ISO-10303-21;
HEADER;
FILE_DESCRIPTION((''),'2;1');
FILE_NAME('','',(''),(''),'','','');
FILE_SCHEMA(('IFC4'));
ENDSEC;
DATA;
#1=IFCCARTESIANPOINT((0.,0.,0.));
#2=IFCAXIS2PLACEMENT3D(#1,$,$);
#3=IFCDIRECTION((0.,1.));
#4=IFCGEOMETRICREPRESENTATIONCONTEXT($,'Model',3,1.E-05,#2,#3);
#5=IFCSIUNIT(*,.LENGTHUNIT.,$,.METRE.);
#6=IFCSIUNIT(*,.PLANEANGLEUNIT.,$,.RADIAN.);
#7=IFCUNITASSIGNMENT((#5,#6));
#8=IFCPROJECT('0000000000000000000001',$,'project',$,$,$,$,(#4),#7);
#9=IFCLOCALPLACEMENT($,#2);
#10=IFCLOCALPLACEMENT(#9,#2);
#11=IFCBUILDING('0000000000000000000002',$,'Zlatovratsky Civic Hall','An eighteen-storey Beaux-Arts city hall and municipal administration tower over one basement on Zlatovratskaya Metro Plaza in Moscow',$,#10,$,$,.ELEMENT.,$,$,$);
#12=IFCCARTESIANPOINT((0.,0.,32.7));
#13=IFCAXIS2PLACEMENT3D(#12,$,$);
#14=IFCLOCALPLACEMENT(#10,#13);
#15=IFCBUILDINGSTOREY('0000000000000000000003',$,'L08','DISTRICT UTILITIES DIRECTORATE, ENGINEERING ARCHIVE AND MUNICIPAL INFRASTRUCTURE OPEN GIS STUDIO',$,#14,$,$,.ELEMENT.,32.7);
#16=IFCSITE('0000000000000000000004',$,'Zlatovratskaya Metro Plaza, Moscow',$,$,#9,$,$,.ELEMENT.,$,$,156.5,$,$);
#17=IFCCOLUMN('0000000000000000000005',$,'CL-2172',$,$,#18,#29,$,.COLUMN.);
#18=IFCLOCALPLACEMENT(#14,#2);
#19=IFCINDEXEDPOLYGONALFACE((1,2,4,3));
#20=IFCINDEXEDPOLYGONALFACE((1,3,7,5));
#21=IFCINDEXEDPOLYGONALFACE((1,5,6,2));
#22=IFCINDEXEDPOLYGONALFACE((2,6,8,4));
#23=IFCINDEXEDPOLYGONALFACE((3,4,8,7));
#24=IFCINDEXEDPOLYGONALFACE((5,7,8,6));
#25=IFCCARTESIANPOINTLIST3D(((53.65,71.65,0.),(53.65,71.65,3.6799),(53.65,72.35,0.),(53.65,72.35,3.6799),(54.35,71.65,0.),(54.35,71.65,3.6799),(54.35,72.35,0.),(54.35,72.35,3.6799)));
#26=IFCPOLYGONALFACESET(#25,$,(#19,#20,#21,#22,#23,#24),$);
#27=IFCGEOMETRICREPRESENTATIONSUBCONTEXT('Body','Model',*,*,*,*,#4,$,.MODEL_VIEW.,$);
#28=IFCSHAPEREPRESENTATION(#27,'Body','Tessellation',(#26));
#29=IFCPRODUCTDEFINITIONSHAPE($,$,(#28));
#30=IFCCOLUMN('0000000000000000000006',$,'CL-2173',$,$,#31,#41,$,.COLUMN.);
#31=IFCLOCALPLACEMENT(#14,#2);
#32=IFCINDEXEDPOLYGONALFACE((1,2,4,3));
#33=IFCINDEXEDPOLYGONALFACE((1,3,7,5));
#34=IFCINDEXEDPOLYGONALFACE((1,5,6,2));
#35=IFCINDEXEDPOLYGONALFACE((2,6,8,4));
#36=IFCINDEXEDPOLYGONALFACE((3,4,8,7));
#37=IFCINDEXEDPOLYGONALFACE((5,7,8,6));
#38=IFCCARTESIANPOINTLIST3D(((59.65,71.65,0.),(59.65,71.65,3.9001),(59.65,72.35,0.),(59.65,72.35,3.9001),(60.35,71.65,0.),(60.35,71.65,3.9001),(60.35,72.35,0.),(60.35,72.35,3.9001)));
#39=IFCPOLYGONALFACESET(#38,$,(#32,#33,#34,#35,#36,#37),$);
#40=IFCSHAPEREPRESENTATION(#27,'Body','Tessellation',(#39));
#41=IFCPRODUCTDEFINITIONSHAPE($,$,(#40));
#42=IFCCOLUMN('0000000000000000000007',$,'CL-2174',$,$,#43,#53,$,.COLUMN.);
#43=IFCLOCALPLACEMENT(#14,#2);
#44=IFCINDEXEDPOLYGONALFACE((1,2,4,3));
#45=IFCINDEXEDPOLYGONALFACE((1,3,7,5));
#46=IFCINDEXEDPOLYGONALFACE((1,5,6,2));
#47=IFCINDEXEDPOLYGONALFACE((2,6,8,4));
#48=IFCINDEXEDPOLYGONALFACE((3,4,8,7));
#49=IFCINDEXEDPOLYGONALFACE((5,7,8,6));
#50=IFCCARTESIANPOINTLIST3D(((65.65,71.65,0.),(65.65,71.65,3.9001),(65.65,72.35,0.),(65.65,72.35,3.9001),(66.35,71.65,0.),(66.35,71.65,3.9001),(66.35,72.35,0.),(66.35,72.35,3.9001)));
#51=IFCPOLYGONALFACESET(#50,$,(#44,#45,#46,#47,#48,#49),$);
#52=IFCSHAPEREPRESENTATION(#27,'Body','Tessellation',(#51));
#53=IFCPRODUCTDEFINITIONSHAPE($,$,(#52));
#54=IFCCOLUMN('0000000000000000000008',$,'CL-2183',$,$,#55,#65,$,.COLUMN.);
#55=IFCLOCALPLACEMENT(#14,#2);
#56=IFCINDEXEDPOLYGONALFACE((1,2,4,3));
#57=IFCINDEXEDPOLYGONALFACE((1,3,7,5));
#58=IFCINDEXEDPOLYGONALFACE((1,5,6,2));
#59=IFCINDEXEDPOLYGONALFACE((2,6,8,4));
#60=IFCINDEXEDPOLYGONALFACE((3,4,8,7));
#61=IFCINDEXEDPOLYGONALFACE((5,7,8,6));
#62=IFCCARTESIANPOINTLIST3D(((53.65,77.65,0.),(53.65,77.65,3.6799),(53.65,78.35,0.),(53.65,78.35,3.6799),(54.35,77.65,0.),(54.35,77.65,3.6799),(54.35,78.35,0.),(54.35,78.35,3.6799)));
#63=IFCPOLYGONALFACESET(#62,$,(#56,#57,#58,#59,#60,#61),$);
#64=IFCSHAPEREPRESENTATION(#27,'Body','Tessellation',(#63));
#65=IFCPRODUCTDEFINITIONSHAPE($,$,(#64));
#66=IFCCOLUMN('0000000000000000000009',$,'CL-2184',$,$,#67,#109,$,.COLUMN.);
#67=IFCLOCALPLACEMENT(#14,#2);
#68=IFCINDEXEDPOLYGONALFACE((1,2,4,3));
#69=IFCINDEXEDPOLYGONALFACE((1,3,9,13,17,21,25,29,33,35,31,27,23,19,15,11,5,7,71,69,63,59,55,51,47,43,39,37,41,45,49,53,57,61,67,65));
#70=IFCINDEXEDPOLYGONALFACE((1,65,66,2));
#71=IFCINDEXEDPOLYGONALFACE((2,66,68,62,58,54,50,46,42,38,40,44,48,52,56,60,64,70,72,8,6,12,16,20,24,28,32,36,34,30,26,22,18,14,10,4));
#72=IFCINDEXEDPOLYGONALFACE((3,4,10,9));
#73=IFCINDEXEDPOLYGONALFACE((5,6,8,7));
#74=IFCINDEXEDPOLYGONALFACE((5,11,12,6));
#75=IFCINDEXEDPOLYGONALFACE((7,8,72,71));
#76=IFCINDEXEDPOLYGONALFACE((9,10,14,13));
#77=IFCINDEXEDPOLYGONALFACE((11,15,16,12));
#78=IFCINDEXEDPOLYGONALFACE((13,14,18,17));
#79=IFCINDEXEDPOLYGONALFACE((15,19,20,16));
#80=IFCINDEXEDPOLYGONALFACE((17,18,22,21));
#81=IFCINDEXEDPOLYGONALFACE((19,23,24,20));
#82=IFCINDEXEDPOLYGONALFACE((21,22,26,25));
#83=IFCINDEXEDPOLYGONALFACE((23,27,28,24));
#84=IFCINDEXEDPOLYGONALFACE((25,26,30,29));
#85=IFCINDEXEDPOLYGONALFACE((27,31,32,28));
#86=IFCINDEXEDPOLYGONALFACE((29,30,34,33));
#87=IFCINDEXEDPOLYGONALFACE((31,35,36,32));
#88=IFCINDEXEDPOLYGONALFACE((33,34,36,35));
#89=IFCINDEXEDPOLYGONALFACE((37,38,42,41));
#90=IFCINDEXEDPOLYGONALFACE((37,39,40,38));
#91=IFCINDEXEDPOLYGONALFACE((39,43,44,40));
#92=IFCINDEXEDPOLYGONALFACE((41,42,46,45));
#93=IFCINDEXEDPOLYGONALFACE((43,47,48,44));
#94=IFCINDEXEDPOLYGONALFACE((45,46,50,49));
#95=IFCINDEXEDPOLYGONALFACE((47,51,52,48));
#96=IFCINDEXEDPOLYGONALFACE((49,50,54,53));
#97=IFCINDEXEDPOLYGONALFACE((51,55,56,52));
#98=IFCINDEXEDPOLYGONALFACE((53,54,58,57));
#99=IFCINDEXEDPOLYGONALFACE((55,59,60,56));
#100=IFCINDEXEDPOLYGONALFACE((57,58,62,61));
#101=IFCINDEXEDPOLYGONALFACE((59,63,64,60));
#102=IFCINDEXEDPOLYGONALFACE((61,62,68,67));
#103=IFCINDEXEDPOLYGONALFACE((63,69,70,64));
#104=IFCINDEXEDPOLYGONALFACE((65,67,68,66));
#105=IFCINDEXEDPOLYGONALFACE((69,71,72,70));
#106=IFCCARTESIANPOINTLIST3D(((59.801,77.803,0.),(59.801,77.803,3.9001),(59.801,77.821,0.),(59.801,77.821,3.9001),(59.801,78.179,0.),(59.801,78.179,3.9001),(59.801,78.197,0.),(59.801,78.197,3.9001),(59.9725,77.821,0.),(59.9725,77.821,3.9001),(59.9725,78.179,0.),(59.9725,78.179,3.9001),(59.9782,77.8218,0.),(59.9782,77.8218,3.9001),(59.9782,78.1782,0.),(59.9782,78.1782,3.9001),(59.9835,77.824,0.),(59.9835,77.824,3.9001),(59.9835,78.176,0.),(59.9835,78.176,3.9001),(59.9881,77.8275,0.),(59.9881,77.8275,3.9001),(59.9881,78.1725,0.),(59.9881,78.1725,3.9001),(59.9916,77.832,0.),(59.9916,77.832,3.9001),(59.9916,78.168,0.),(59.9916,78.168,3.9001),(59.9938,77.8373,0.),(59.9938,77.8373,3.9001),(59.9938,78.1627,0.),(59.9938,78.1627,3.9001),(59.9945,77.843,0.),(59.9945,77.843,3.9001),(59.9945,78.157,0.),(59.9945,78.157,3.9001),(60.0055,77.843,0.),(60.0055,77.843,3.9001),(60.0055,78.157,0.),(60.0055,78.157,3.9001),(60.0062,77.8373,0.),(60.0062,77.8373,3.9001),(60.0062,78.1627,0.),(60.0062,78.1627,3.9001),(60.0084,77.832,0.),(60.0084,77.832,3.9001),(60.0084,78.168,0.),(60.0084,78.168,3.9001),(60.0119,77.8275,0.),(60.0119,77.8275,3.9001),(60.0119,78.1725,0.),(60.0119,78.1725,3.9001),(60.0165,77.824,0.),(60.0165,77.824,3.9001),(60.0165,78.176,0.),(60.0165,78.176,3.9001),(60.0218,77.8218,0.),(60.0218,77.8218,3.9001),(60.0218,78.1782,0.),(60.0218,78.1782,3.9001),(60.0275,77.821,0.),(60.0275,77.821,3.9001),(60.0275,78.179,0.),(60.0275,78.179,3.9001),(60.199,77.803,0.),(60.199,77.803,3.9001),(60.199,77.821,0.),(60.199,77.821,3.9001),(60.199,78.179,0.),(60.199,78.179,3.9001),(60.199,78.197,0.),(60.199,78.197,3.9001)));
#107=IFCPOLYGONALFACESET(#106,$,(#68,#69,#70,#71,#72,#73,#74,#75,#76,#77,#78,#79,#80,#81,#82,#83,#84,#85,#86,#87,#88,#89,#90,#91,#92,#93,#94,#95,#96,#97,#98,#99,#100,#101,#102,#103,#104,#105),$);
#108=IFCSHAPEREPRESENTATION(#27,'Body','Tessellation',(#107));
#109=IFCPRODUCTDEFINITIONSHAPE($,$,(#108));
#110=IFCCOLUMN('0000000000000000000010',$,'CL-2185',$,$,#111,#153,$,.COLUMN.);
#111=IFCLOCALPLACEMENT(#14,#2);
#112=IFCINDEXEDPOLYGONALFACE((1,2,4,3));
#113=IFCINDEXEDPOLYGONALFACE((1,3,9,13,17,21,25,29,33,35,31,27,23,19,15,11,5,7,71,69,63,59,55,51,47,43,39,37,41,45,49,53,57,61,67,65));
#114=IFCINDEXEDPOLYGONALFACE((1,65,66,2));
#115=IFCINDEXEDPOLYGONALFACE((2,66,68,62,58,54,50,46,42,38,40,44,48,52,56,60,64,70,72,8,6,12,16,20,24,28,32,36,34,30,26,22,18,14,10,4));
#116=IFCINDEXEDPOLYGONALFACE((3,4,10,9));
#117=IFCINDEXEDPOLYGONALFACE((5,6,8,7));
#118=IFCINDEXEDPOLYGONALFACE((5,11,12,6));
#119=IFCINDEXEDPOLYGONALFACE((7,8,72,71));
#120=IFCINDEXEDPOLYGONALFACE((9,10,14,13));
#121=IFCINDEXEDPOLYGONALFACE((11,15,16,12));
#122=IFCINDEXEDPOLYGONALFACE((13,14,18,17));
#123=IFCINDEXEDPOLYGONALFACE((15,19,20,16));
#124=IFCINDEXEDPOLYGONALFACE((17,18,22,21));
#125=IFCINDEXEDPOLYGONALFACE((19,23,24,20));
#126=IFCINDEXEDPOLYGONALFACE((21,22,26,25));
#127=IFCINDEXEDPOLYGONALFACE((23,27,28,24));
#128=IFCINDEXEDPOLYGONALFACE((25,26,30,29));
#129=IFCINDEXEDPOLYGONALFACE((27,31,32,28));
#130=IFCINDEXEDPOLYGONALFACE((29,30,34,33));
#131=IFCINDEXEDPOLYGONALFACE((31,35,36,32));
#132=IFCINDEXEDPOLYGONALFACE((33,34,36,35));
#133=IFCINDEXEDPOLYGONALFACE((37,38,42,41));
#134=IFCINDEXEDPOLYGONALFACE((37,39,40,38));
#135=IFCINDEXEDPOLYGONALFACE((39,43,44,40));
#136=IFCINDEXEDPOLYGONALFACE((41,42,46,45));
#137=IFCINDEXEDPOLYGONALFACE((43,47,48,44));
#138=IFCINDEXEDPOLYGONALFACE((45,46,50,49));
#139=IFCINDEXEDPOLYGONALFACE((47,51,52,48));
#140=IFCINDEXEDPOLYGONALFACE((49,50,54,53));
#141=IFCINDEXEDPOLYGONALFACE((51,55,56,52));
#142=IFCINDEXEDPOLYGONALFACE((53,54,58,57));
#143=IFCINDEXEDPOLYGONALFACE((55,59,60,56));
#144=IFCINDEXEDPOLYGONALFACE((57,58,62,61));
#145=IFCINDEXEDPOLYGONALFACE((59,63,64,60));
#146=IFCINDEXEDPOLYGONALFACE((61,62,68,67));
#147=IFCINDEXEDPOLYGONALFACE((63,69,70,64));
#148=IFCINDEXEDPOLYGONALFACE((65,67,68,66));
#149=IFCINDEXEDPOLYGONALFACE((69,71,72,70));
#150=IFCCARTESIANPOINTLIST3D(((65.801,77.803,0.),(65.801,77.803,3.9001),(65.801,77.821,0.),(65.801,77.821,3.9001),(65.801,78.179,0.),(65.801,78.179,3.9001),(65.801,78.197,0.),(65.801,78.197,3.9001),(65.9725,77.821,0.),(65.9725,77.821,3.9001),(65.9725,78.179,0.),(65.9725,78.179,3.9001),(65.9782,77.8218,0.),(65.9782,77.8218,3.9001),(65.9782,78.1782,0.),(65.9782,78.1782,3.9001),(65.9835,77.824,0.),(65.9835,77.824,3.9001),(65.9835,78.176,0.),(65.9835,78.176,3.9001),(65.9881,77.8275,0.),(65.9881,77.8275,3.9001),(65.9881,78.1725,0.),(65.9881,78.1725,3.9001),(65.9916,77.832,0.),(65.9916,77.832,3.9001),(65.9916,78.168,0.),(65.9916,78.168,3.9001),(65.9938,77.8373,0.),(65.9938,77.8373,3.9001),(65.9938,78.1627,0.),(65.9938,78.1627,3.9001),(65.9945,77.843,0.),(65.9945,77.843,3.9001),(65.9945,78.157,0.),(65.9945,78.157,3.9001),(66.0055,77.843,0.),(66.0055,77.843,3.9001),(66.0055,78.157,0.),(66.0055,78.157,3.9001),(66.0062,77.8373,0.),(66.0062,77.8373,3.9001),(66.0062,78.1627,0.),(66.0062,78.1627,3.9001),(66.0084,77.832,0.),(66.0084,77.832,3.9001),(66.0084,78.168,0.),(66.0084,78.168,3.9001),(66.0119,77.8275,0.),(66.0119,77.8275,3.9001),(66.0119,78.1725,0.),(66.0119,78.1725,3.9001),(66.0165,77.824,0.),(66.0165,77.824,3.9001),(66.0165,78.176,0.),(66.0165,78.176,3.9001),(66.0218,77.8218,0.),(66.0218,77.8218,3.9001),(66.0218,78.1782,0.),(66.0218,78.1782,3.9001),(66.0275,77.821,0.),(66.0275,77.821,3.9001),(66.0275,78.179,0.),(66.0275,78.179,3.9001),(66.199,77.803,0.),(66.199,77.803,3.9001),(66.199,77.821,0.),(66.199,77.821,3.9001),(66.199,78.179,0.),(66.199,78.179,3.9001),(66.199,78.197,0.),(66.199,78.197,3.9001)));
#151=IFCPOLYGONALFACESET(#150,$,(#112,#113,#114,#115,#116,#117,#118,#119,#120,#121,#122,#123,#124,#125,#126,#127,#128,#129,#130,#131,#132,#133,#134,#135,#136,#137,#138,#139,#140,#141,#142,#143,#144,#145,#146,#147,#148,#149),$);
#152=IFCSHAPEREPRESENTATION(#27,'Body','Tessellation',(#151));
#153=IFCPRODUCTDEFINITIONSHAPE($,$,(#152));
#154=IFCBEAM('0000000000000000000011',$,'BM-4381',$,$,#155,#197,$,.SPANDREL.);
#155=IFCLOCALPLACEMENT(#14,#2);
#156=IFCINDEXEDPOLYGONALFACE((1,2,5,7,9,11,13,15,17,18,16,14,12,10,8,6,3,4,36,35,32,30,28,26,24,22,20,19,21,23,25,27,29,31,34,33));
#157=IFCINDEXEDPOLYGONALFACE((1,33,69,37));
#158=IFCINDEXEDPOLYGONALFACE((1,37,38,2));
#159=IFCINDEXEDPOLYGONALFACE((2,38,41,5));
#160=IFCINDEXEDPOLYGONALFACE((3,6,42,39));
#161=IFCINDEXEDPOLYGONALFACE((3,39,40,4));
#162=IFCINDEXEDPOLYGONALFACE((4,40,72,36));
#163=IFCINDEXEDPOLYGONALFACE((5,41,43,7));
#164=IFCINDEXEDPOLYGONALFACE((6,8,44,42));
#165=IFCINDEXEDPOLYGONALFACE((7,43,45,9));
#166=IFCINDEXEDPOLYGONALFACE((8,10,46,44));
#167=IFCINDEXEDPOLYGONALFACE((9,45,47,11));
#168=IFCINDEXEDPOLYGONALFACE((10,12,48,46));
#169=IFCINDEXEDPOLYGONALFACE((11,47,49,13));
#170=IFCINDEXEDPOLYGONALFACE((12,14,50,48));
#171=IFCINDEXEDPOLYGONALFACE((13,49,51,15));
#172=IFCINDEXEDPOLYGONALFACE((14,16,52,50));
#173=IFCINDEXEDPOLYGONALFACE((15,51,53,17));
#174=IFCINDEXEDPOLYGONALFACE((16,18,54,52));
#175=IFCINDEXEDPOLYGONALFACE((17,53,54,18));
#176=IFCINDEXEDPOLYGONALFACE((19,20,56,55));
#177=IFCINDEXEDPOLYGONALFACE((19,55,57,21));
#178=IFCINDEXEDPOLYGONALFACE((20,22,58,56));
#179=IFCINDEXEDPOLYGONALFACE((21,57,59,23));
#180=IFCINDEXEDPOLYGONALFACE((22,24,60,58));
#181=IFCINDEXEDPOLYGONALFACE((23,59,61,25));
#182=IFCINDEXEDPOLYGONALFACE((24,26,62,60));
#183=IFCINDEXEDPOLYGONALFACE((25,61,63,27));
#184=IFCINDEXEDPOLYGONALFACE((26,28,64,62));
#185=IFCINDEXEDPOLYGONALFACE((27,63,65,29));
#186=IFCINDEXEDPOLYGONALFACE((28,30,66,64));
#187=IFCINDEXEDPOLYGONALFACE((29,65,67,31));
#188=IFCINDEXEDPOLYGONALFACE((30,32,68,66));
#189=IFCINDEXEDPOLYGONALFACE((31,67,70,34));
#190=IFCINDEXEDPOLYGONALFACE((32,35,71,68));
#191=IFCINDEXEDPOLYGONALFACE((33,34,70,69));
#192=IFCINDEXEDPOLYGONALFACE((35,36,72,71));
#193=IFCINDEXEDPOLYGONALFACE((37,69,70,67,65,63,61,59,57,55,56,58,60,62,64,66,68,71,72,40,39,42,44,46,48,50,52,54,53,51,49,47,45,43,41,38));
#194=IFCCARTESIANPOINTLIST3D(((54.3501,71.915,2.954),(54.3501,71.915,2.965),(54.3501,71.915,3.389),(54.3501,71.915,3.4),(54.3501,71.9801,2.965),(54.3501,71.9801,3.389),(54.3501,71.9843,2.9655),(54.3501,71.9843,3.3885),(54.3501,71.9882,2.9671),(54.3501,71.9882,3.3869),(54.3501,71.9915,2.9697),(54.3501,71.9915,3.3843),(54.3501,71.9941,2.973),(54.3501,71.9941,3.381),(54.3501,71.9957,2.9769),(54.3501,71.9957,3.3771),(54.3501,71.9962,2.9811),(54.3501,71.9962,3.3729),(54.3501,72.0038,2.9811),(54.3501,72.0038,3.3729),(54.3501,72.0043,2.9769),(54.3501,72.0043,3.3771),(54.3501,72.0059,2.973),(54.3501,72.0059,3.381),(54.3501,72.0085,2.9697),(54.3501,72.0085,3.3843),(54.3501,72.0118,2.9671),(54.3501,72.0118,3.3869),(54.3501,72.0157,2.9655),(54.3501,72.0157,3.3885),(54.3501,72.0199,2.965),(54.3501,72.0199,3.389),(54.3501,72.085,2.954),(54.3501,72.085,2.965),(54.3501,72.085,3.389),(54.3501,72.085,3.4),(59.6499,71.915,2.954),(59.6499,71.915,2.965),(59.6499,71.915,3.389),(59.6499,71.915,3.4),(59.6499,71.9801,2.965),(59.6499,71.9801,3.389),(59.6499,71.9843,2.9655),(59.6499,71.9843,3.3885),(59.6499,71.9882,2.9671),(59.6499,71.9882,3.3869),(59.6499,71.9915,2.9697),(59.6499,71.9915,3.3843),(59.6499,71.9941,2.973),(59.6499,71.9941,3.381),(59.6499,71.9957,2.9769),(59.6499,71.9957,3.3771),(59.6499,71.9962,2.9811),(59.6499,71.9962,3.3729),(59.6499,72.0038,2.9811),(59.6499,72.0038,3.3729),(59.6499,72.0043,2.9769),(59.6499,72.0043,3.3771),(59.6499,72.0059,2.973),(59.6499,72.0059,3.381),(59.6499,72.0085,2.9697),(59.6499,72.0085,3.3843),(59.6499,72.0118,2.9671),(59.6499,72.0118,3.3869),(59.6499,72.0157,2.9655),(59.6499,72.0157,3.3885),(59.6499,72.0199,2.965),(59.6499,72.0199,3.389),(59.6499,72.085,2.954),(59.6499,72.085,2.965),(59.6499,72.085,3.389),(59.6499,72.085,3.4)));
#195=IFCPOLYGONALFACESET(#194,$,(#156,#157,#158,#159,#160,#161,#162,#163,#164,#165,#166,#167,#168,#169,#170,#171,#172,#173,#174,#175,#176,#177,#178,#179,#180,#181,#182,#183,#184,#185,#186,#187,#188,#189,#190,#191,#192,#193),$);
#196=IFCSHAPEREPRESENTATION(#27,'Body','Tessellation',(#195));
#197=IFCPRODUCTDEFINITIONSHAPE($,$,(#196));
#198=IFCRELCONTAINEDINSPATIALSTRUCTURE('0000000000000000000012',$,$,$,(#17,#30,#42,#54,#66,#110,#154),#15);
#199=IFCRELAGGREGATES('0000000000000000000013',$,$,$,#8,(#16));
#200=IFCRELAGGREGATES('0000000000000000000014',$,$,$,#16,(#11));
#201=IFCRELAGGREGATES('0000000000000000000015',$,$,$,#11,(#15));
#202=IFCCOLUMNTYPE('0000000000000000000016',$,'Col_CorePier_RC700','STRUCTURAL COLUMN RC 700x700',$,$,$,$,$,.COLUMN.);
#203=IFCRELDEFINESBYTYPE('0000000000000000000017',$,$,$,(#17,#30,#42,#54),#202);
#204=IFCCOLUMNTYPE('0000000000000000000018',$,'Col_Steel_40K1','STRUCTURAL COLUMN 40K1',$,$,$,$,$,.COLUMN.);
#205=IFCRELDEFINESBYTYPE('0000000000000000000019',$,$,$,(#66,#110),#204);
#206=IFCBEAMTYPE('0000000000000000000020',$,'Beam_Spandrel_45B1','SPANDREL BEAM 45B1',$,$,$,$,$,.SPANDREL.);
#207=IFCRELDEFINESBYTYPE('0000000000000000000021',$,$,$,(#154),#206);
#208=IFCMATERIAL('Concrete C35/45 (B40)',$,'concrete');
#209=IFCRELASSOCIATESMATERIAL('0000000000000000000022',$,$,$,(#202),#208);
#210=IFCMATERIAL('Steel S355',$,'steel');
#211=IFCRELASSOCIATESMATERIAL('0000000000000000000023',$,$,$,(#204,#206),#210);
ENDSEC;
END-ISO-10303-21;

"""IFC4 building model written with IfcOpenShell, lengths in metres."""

from ifc_helpers import new_model, si_unit, direction, frame, origin, origin_2d, place, context, subcontext, project, spatial, rectangle, i_section, extrude, material, material_profile, profile_set, type_object, element, save


model = new_model("IFC4")

# Units and contexts
model_context = context("Model", 3, precision=1e-05, world=origin(), true_north=direction((0.0, 1.0)))
body_context = subcontext(model_context, "Body", "Model", "MODEL_VIEW")
ifc_project = project(units=[si_unit("LENGTHUNIT", "METRE"), si_unit("PLANEANGLEUNIT", "RADIAN")], contexts=[model_context])

# Site, building, storey
site_placement = place(None, origin())
site = spatial("IfcSite", under=ifc_project, at=site_placement, Name="Zlatovratskaya Metro Plaza, Moscow", CompositionType="ELEMENT", RefElevation=156.5)
building_placement = place(site_placement, origin())
building = spatial("IfcBuilding", under=site, at=building_placement, Name="Zlatovratsky Civic Hall", Description="An eighteen-storey Beaux-Arts city hall and municipal administration tower over one basement on Zlatovratskaya Metro Plaza in Moscow", CompositionType="ELEMENT")
storey_placement = place(building_placement, frame((0.0, 0.0, 32.7)))
storey = spatial("IfcBuildingStorey", under=building, at=storey_placement, Name="L08", Description="DISTRICT UTILITIES DIRECTORATE, ENGINEERING ARCHIVE AND MUNICIPAL INFRASTRUCTURE OPEN GIS STUDIO", CompositionType="ELEMENT", Elevation=32.7)

# Columns
ifc_material_1 = material(Name="Concrete C35/45 (B40)", Category="concrete")
ifc_material_profile_1 = material_profile(ifc_material_1, rectangle(XDim=0.7, YDim=0.7, at=origin_2d()), Name="RC 700x700")
ifc_profile_set_1 = profile_set([ifc_material_profile_1], Name="Concrete C35/45 (B40)")
column_type_1 = type_object("IfcColumnType", Name="Col_CorePier_RC700", Description="STRUCTURAL COLUMN RC 700x700", PredefinedType="COLUMN", material=ifc_profile_set_1)
column_1_placement = place(storey_placement, frame((54.0, 72.0, 0.0), z_axis=(0.0, 0.0, 1.0), x_axis=(1.0, 0.0, 0.0)))
element("IfcColumn", 1, at=column_1_placement, inside=storey, type_object=column_type_1, Name="CL-2172", PredefinedType="COLUMN", context=body_context, shape_type="SweptSolid", body=[
    extrude(rectangle(XDim=0.7, YDim=0.7, at=origin_2d()), origin(), (0.0, 0.0, 1.0), 3.6799),
])
for number, where, z_axis, x_axis, name in (
    (2, (60.0, 72.0, 0.0), (0.0, 0.0, 1.0), (1.0, 0.0, 0.0), "CL-2173"),
    (3, (66.0, 72.0, 0.0), (0.0, 0.0, 1.0), (1.0, 0.0, 0.0), "CL-2174"),
):
    element("IfcColumn", number, at=place(storey_placement, frame(where, z_axis=z_axis, x_axis=x_axis)), inside=storey, type_object=column_type_1, Name=name, PredefinedType="COLUMN", context=body_context, shape_type="SweptSolid", body=[
        extrude(rectangle(XDim=0.7, YDim=0.7, at=origin_2d()), origin(), (0.0, 0.0, 1.0), 3.9001),
    ])
column_2_placement = place(storey_placement, frame((54.0, 78.0, 0.0), z_axis=(0.0, 0.0, 1.0), x_axis=(1.0, 0.0, 0.0)))
element("IfcColumn", 4, at=column_2_placement, inside=storey, type_object=column_type_1, Name="CL-2183", PredefinedType="COLUMN", context=body_context, shape_type="SweptSolid", body=[
    extrude(rectangle(XDim=0.7, YDim=0.7, at=origin_2d()), origin(), (0.0, 0.0, 1.0), 3.6799),
])
ifc_material_2 = material(Name="Steel S355", Category="steel")
ifc_material_profile_2 = material_profile(ifc_material_2, i_section(OverallWidth=0.3979, OverallDepth=0.394, WebThickness=0.011, FlangeThickness=0.0181, FilletRadius=0.022, at=origin_2d()), Name="40K1")
ifc_profile_set_2 = profile_set([ifc_material_profile_2], Name="Steel S355")
column_type_2 = type_object("IfcColumnType", Name="Col_Steel_40K1", Description="STRUCTURAL COLUMN 40K1", PredefinedType="COLUMN", material=ifc_profile_set_2)
for number, where, z_axis, x_axis, name in (
    (5, (60.0, 78.0, 0.0), (0.0, 0.0, 1.0), (1.0, 0.0, 0.0), "CL-2184"),
    (6, (66.0, 78.0, 0.0), (0.0, 0.0, 1.0), (1.0, 0.0, 0.0), "CL-2185"),
):
    element("IfcColumn", number, at=place(storey_placement, frame(where, z_axis=z_axis, x_axis=x_axis)), inside=storey, type_object=column_type_2, Name=name, PredefinedType="COLUMN", context=body_context, shape_type="SweptSolid", body=[
        extrude(i_section(OverallWidth=0.3979, OverallDepth=0.394, WebThickness=0.011, FlangeThickness=0.0181, FilletRadius=0.022, at=origin_2d()), origin(), (0.0, 0.0, 1.0), 3.9001),
    ])

# Beam
ifc_material_profile_3 = material_profile(ifc_material_2, i_section(OverallWidth=0.1699, OverallDepth=0.446, WebThickness=0.0076, FlangeThickness=0.011, FilletRadius=0.0161, at=origin_2d()), Name="45B1")
ifc_profile_set_3 = profile_set([ifc_material_profile_3], Name="Steel S355")
beam_type_1 = type_object("IfcBeamType", Name="Beam_Spandrel_45B1", Description="SPANDREL BEAM 45B1", PredefinedType="SPANDREL", material=ifc_profile_set_3)
for number, where, z_axis, x_axis, name in (
    (7, (54.3501, 72.0, 3.177), (1.0, 0.0, 0.0), (0.0, 1.0, 0.0), "BM-4381"),
):
    element("IfcBeam", number, at=place(storey_placement, frame(where, z_axis=z_axis, x_axis=x_axis)), inside=storey, type_object=beam_type_1, Name=name, PredefinedType="SPANDREL", context=body_context, shape_type="SweptSolid", body=[
        extrude(i_section(OverallWidth=0.1699, OverallDepth=0.446, WebThickness=0.0076, FlangeThickness=0.011, FilletRadius=0.0161, at=origin_2d()), origin(), (0.0, 0.0, 1.0), 5.2998),
    ])

save(model, "model.ifc")
